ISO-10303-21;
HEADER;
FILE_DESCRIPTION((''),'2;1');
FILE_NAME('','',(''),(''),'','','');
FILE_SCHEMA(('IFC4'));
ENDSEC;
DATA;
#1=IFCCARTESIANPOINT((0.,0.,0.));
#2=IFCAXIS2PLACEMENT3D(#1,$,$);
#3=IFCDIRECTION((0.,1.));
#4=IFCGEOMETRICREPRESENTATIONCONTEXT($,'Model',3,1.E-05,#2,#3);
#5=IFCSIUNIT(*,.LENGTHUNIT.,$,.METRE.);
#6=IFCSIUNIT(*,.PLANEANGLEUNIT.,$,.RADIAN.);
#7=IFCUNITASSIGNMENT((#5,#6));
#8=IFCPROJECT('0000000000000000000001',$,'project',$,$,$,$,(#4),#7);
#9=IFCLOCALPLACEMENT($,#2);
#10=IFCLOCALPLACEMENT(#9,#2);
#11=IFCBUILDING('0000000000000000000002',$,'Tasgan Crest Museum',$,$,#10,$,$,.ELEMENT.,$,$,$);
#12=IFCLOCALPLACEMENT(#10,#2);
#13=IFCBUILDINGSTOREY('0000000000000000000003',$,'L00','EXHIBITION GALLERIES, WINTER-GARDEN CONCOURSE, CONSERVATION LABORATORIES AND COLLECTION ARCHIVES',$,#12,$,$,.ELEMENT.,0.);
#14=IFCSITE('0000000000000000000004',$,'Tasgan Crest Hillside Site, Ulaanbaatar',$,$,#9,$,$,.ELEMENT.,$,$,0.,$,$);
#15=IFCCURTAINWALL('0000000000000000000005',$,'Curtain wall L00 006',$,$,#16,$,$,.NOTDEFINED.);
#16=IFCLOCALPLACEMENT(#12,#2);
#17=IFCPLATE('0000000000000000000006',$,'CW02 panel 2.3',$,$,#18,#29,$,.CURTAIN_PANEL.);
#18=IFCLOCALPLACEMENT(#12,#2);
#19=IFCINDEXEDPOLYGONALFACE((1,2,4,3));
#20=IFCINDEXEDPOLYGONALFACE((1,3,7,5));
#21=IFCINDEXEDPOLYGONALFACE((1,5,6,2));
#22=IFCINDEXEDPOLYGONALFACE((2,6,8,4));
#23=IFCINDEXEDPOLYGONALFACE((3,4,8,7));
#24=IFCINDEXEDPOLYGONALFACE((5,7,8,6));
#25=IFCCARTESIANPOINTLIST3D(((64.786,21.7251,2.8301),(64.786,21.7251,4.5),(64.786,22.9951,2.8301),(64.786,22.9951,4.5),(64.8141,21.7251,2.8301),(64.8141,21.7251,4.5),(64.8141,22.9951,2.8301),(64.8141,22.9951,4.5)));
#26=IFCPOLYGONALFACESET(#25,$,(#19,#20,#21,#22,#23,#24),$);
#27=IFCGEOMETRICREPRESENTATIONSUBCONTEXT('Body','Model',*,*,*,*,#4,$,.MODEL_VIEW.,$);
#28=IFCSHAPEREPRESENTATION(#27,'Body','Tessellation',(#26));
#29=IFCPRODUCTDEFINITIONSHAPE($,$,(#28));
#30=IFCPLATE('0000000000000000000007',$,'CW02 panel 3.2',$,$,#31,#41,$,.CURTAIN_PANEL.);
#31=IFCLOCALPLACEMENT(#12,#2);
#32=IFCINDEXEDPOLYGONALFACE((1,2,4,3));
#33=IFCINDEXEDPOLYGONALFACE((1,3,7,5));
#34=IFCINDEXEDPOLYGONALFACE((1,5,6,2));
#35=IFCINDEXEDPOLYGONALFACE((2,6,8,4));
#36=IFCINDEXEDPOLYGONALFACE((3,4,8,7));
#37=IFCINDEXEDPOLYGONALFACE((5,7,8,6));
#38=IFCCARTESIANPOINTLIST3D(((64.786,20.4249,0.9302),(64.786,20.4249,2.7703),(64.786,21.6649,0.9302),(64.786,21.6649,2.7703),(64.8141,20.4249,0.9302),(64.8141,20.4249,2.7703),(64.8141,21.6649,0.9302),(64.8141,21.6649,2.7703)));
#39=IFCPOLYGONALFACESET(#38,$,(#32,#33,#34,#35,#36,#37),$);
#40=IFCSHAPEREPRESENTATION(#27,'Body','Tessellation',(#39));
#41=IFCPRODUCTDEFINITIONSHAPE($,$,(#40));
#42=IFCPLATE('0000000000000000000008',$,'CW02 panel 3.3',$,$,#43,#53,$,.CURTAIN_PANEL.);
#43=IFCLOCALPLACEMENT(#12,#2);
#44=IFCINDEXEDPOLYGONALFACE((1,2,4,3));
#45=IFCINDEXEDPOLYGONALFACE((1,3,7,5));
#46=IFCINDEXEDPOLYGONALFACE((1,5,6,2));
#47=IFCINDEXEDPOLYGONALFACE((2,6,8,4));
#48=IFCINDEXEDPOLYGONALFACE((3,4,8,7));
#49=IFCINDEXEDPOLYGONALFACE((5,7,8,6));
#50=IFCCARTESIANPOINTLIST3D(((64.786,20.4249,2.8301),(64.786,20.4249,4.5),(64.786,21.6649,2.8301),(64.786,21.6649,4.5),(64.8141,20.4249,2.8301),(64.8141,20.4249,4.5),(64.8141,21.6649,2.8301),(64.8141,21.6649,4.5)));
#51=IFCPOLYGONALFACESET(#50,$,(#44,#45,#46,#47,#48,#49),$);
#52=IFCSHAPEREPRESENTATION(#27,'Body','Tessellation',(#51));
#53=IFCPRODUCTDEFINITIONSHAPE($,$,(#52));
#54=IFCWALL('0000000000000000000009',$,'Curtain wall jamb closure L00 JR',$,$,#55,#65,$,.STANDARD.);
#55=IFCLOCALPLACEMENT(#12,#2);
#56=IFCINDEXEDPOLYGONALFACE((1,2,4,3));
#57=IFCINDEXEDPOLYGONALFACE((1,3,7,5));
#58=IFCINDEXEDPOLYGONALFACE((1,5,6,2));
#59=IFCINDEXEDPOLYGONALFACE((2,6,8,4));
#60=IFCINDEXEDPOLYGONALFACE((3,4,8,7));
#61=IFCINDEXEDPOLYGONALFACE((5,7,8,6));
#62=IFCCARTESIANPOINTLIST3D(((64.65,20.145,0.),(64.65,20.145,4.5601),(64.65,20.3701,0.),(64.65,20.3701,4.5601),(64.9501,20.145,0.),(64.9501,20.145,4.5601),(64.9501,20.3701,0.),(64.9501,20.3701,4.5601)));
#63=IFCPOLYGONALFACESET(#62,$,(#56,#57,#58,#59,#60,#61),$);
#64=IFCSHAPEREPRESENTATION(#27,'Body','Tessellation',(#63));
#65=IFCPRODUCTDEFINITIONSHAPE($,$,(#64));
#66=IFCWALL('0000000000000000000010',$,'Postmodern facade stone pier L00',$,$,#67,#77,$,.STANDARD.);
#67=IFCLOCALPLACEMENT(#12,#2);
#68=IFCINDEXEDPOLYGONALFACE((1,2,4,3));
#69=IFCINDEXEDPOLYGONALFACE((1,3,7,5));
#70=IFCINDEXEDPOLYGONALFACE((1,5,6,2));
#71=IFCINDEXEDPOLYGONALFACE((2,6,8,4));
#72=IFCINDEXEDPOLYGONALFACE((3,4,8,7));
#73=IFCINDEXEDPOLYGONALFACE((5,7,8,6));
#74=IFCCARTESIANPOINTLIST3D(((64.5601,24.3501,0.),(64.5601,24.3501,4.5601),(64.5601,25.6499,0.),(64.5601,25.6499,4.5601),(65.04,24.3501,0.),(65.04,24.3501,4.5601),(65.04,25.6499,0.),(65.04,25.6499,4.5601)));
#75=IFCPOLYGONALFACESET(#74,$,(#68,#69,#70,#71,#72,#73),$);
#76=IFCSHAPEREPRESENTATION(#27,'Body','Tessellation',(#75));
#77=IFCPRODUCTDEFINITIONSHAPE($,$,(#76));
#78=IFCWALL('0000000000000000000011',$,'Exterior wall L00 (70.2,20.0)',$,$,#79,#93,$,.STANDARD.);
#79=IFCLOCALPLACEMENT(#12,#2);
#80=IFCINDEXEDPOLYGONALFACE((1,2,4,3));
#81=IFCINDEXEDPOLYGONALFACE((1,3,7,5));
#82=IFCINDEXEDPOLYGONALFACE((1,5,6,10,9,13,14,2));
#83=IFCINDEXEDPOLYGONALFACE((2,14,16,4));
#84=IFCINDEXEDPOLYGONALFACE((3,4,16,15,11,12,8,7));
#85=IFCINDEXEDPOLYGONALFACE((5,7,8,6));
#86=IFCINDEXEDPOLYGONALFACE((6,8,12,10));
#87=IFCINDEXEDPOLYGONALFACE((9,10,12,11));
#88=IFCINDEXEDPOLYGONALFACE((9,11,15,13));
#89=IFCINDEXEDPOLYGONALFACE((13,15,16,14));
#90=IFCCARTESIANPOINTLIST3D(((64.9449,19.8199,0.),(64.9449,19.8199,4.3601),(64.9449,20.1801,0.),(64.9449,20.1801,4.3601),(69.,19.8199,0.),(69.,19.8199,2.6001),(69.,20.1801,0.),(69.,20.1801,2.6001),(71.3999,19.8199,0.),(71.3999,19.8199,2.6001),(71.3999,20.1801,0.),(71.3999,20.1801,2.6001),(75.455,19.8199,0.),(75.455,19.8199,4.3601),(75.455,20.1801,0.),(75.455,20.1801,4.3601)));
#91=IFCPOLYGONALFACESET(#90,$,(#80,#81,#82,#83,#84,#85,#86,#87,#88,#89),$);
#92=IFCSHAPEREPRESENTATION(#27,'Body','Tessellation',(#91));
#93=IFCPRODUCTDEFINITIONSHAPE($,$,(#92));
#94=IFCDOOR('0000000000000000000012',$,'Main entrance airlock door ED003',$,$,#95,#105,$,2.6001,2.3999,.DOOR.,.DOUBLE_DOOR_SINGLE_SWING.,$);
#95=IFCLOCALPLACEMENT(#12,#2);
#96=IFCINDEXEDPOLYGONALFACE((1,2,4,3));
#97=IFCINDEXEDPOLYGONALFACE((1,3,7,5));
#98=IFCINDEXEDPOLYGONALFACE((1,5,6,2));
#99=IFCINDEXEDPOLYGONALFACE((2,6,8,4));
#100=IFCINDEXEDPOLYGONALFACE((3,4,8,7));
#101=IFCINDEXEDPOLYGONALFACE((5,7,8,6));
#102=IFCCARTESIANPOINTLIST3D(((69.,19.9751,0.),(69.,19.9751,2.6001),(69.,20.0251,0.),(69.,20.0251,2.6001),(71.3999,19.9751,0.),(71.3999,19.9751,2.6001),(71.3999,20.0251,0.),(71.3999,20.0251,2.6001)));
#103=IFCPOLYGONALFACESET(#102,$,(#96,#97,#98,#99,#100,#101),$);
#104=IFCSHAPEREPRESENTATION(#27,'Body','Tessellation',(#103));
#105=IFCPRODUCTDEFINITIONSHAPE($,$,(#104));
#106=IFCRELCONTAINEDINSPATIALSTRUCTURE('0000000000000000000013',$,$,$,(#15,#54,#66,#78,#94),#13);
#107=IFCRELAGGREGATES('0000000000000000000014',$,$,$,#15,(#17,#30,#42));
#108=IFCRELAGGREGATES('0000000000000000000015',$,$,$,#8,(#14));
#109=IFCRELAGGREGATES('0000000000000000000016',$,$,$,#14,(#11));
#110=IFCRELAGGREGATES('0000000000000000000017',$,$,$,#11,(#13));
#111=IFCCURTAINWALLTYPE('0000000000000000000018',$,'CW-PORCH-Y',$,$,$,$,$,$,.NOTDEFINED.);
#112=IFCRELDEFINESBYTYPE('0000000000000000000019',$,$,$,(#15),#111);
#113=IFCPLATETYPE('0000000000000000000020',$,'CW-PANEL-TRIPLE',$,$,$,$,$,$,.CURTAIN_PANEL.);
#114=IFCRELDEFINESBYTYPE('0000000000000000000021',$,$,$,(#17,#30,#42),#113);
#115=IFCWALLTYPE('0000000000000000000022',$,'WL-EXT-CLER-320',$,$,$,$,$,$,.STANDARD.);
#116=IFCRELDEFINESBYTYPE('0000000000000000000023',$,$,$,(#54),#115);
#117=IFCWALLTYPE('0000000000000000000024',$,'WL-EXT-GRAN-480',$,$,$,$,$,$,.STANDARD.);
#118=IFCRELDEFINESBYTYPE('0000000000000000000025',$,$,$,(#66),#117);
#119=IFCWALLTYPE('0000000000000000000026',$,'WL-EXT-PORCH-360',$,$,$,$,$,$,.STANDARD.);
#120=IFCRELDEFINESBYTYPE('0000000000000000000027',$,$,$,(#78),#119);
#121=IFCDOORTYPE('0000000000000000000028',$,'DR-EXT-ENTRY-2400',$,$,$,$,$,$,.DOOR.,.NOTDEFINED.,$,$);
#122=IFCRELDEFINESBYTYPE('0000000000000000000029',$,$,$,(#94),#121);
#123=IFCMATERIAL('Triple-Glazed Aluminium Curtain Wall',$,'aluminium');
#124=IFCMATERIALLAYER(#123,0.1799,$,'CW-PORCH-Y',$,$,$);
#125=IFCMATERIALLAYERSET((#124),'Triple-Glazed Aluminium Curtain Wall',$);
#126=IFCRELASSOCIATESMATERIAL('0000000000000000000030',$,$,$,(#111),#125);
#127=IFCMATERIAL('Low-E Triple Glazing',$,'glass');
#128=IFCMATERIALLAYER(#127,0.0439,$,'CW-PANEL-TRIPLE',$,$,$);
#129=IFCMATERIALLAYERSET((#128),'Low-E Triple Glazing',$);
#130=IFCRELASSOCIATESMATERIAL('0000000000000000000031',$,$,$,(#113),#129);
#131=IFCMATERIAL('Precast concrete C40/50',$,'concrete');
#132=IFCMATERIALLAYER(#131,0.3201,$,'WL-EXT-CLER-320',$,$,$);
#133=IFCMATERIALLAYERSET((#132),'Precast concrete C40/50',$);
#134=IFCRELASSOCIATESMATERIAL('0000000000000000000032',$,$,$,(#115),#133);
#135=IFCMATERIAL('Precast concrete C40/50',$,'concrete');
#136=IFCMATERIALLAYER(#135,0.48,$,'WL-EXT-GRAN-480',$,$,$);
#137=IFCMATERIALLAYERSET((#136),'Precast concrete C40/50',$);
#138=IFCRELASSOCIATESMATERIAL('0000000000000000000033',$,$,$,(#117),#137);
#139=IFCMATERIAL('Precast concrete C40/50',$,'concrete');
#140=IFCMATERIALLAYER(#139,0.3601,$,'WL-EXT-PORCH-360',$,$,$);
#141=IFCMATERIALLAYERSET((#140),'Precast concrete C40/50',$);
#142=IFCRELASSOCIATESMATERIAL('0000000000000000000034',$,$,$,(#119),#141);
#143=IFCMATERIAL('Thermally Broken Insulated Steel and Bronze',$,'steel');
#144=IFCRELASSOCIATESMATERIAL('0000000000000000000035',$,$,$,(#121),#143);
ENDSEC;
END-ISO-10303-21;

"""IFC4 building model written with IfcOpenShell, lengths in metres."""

from ifc_helpers import new_model, si_unit, direction, frame, frame_2d, origin, origin_2d, place, context, subcontext, project, spatial, rectangle, extrude, material, layer, layer_set, type_object, element, fill, aggregate, save


model = new_model("IFC4")

# Units and contexts
model_context = context("Model", 3, precision=1e-05, world=origin(), true_north=direction((0.0, 1.0)))
body_context = subcontext(model_context, "Body", "Model", "MODEL_VIEW")
ifc_project = project(units=[si_unit("LENGTHUNIT", "METRE"), si_unit("PLANEANGLEUNIT", "RADIAN")], contexts=[model_context])

# Site, building, storey
site_placement = place(None, origin())
site = spatial("IfcSite", under=ifc_project, at=site_placement, Name="Tasgan Crest Hillside Site, Ulaanbaatar", CompositionType="ELEMENT", RefElevation=0.0)
building_placement = place(site_placement, origin())
building = spatial("IfcBuilding", under=site, at=building_placement, Name="Tasgan Crest Museum", CompositionType="ELEMENT")
storey_placement = place(building_placement, origin())
storey = spatial("IfcBuildingStorey", under=building, at=storey_placement, Name="L00", Description="EXHIBITION GALLERIES, WINTER-GARDEN CONCOURSE, CONSERVATION LABORATORIES AND COLLECTION ARCHIVES", CompositionType="ELEMENT", Elevation=0.0)

# Shared definitions
ifc_material_1 = material(Name="Triple-Glazed Aluminium Curtain Wall", Category="aluminium")
ifc_layer_1 = layer(ifc_material_1, 0.1799, Name="CW-PORCH-Y")
ifc_layer_set_1 = layer_set([ifc_layer_1], Name="Triple-Glazed Aluminium Curtain Wall")
curtain_wall_type = type_object("IfcCurtainWallType", Name="CW-PORCH-Y", PredefinedType="NOTDEFINED", material=ifc_layer_set_1)

# Curtain wall
curtain_wall_1_placement = place(storey_placement, origin())
curtain_wall_1 = element("IfcCurtainWall", 1, at=curtain_wall_1_placement, inside=storey, type_object=curtain_wall_type, Name="Curtain wall L00 006", PredefinedType="NOTDEFINED")

# Plates
ifc_material_2 = material(Name="Low-E Triple Glazing", Category="glass")
ifc_layer_2 = layer(ifc_material_2, 0.0439, Name="CW-PANEL-TRIPLE")
ifc_layer_set_2 = layer_set([ifc_layer_2], Name="Low-E Triple Glazing")
plate_type_1 = type_object("IfcPlateType", Name="CW-PANEL-TRIPLE", PredefinedType="CURTAIN_PANEL", material=ifc_layer_set_2)
plate_1_placement = place(storey_placement, frame((64.8, 22.3601, 2.8301), z_axis=(0.0, 0.0, 1.0), x_axis=(0.0, -1.0, 0.0)))
plate_1 = element("IfcPlate", 2, at=plate_1_placement, type_object=plate_type_1, Name="CW02 panel 2.3", PredefinedType="CURTAIN_PANEL", context=body_context, shape_type="SweptSolid", body=[
    extrude(rectangle(XDim=1.27, YDim=0.0281, at=origin_2d()), origin(), (0.0, 0.0, 1.0), 1.6699),
])
plate_2_placement = place(storey_placement, frame((64.8, 21.0449, 0.9302), z_axis=(0.0, 0.0, 1.0), x_axis=(0.0, -1.0, 0.0)))
plate_2 = element("IfcPlate", 3, at=plate_2_placement, type_object=plate_type_1, Name="CW02 panel 3.2", PredefinedType="CURTAIN_PANEL", context=body_context, shape_type="SweptSolid", body=[
    extrude(rectangle(XDim=1.24, YDim=0.0281, at=origin_2d()), origin(), (0.0, 0.0, 1.0), 1.8401),
])
plate_3_placement = place(storey_placement, frame((64.8, 21.0449, 2.8301), z_axis=(0.0, 0.0, 1.0), x_axis=(0.0, -1.0, 0.0)))
plate_3 = element("IfcPlate", 4, at=plate_3_placement, type_object=plate_type_1, Name="CW02 panel 3.3", PredefinedType="CURTAIN_PANEL", context=body_context, shape_type="SweptSolid", body=[
    extrude(rectangle(XDim=1.24, YDim=0.0281, at=origin_2d()), origin(), (0.0, 0.0, 1.0), 1.6699),
])
aggregate(curtain_wall_1, [plate_1, plate_2, plate_3])

# Walls
ifc_material_3 = material(Name="Precast concrete C40/50", Category="concrete")
ifc_layer_3 = layer(ifc_material_3, 0.3201, Name="WL-EXT-CLER-320")
ifc_layer_set_3 = layer_set([ifc_layer_3], Name="Precast concrete C40/50")
wall_type_1 = type_object("IfcWallType", Name="WL-EXT-CLER-320", PredefinedType="STANDARD", material=ifc_layer_set_3)
wall_1_placement = place(storey_placement, frame((64.8, 20.3701, 0.0), z_axis=(0.0, 0.0, 1.0), x_axis=(0.0, -1.0, 0.0)))
element("IfcWall", 5, at=wall_1_placement, inside=storey, type_object=wall_type_1, Name="Curtain wall jamb closure L00 JR", PredefinedType="STANDARD", context=body_context, shape_type="SweptSolid", body=[
    extrude(rectangle(XDim=0.2251, YDim=0.3, at=frame_2d((0.1125, 0.0))), origin(), (0.0, 0.0, 1.0), 4.5601),
])
ifc_material_4 = material(Name="Precast concrete C40/50", Category="concrete")
ifc_layer_4 = layer(ifc_material_4, 0.48, Name="WL-EXT-GRAN-480")
ifc_layer_set_4 = layer_set([ifc_layer_4], Name="Precast concrete C40/50")
wall_type_2 = type_object("IfcWallType", Name="WL-EXT-GRAN-480", PredefinedType="STANDARD", material=ifc_layer_set_4)
wall_2_placement = place(storey_placement, frame((64.8, 25.6499, 0.0), z_axis=(0.0, 0.0, 1.0), x_axis=(0.0, -1.0, 0.0)))
element("IfcWall", 6, at=wall_2_placement, inside=storey, type_object=wall_type_2, Name="Postmodern facade stone pier L00", PredefinedType="STANDARD", context=body_context, shape_type="SweptSolid", body=[
    extrude(rectangle(XDim=1.2998, YDim=0.48, at=frame_2d((0.6499, 0.0))), origin(), (0.0, 0.0, 1.0), 4.5601),
])

# Wall, opening, door
ifc_material_5 = material(Name="Precast concrete C40/50", Category="concrete")
ifc_layer_5 = layer(ifc_material_5, 0.3601, Name="WL-EXT-PORCH-360")
ifc_layer_set_5 = layer_set([ifc_layer_5], Name="Precast concrete C40/50")
wall_type_3 = type_object("IfcWallType", Name="WL-EXT-PORCH-360", PredefinedType="STANDARD", material=ifc_layer_set_5)
wall_3_placement = place(storey_placement, frame((64.9451, 20.0, 0.0), z_axis=(0.0, 0.0, 1.0), x_axis=(1.0, 0.0, 0.0)))
wall_3 = element("IfcWall", 7, at=wall_3_placement, inside=storey, type_object=wall_type_3, Name="Exterior wall L00 (70.2,20.0)", PredefinedType="STANDARD", context=body_context, shape_type="SweptSolid", body=[
    extrude(rectangle(XDim=10.51, YDim=0.3601, at=frame_2d((5.2549, 0.0))), origin(), (0.0, 0.0, 1.0), 4.3601),
])
opening_placement = place(wall_3_placement, frame((4.0549, 0.0, 0.0)))
opening = element("IfcOpeningElement", 8, at=opening_placement, cuts=wall_3, PredefinedType="OPENING", context=body_context, shape_type="SweptSolid", body=[
    extrude(rectangle(XDim=2.3999, YDim=2.6001, at=frame_2d((1.2, 1.3))), frame((0.0, 0.1899, 0.0), z_axis=(0.0, -1.0, 0.0), x_axis=(1.0, 0.0, 0.0)), (0.0, 0.0, 1.0), 0.3801),
])
ifc_material_6 = material(Name="Thermally Broken Insulated Steel and Bronze", Category="steel")
door_type = type_object("IfcDoorType", Name="DR-EXT-ENTRY-2400", OperationType="NOTDEFINED", PredefinedType="DOOR", material=ifc_material_6)
door_placement = place(opening_placement, frame((2.3999, 0.0, 0.0), z_axis=(0.0, 0.0, 1.0), x_axis=(-1.0, 0.0, 0.0)))
door = element("IfcDoor", 9, at=door_placement, inside=storey, type_object=door_type, Name="Main entrance airlock door ED003", OperationType="DOUBLE_DOOR_SINGLE_SWING", OverallHeight=2.6001, OverallWidth=2.3999, PredefinedType="DOOR", context=body_context, shape_type="SweptSolid", body=[
    extrude(rectangle(XDim=2.3999, YDim=2.6001, at=frame_2d((1.2, 1.3))), frame((0.0, 0.0249, 0.0), z_axis=(0.0, -1.0, 0.0), x_axis=(1.0, 0.0, 0.0)), (0.0, 0.0, 1.0), 0.05),
])
fill(opening, door)

save(model, "model.ifc")
